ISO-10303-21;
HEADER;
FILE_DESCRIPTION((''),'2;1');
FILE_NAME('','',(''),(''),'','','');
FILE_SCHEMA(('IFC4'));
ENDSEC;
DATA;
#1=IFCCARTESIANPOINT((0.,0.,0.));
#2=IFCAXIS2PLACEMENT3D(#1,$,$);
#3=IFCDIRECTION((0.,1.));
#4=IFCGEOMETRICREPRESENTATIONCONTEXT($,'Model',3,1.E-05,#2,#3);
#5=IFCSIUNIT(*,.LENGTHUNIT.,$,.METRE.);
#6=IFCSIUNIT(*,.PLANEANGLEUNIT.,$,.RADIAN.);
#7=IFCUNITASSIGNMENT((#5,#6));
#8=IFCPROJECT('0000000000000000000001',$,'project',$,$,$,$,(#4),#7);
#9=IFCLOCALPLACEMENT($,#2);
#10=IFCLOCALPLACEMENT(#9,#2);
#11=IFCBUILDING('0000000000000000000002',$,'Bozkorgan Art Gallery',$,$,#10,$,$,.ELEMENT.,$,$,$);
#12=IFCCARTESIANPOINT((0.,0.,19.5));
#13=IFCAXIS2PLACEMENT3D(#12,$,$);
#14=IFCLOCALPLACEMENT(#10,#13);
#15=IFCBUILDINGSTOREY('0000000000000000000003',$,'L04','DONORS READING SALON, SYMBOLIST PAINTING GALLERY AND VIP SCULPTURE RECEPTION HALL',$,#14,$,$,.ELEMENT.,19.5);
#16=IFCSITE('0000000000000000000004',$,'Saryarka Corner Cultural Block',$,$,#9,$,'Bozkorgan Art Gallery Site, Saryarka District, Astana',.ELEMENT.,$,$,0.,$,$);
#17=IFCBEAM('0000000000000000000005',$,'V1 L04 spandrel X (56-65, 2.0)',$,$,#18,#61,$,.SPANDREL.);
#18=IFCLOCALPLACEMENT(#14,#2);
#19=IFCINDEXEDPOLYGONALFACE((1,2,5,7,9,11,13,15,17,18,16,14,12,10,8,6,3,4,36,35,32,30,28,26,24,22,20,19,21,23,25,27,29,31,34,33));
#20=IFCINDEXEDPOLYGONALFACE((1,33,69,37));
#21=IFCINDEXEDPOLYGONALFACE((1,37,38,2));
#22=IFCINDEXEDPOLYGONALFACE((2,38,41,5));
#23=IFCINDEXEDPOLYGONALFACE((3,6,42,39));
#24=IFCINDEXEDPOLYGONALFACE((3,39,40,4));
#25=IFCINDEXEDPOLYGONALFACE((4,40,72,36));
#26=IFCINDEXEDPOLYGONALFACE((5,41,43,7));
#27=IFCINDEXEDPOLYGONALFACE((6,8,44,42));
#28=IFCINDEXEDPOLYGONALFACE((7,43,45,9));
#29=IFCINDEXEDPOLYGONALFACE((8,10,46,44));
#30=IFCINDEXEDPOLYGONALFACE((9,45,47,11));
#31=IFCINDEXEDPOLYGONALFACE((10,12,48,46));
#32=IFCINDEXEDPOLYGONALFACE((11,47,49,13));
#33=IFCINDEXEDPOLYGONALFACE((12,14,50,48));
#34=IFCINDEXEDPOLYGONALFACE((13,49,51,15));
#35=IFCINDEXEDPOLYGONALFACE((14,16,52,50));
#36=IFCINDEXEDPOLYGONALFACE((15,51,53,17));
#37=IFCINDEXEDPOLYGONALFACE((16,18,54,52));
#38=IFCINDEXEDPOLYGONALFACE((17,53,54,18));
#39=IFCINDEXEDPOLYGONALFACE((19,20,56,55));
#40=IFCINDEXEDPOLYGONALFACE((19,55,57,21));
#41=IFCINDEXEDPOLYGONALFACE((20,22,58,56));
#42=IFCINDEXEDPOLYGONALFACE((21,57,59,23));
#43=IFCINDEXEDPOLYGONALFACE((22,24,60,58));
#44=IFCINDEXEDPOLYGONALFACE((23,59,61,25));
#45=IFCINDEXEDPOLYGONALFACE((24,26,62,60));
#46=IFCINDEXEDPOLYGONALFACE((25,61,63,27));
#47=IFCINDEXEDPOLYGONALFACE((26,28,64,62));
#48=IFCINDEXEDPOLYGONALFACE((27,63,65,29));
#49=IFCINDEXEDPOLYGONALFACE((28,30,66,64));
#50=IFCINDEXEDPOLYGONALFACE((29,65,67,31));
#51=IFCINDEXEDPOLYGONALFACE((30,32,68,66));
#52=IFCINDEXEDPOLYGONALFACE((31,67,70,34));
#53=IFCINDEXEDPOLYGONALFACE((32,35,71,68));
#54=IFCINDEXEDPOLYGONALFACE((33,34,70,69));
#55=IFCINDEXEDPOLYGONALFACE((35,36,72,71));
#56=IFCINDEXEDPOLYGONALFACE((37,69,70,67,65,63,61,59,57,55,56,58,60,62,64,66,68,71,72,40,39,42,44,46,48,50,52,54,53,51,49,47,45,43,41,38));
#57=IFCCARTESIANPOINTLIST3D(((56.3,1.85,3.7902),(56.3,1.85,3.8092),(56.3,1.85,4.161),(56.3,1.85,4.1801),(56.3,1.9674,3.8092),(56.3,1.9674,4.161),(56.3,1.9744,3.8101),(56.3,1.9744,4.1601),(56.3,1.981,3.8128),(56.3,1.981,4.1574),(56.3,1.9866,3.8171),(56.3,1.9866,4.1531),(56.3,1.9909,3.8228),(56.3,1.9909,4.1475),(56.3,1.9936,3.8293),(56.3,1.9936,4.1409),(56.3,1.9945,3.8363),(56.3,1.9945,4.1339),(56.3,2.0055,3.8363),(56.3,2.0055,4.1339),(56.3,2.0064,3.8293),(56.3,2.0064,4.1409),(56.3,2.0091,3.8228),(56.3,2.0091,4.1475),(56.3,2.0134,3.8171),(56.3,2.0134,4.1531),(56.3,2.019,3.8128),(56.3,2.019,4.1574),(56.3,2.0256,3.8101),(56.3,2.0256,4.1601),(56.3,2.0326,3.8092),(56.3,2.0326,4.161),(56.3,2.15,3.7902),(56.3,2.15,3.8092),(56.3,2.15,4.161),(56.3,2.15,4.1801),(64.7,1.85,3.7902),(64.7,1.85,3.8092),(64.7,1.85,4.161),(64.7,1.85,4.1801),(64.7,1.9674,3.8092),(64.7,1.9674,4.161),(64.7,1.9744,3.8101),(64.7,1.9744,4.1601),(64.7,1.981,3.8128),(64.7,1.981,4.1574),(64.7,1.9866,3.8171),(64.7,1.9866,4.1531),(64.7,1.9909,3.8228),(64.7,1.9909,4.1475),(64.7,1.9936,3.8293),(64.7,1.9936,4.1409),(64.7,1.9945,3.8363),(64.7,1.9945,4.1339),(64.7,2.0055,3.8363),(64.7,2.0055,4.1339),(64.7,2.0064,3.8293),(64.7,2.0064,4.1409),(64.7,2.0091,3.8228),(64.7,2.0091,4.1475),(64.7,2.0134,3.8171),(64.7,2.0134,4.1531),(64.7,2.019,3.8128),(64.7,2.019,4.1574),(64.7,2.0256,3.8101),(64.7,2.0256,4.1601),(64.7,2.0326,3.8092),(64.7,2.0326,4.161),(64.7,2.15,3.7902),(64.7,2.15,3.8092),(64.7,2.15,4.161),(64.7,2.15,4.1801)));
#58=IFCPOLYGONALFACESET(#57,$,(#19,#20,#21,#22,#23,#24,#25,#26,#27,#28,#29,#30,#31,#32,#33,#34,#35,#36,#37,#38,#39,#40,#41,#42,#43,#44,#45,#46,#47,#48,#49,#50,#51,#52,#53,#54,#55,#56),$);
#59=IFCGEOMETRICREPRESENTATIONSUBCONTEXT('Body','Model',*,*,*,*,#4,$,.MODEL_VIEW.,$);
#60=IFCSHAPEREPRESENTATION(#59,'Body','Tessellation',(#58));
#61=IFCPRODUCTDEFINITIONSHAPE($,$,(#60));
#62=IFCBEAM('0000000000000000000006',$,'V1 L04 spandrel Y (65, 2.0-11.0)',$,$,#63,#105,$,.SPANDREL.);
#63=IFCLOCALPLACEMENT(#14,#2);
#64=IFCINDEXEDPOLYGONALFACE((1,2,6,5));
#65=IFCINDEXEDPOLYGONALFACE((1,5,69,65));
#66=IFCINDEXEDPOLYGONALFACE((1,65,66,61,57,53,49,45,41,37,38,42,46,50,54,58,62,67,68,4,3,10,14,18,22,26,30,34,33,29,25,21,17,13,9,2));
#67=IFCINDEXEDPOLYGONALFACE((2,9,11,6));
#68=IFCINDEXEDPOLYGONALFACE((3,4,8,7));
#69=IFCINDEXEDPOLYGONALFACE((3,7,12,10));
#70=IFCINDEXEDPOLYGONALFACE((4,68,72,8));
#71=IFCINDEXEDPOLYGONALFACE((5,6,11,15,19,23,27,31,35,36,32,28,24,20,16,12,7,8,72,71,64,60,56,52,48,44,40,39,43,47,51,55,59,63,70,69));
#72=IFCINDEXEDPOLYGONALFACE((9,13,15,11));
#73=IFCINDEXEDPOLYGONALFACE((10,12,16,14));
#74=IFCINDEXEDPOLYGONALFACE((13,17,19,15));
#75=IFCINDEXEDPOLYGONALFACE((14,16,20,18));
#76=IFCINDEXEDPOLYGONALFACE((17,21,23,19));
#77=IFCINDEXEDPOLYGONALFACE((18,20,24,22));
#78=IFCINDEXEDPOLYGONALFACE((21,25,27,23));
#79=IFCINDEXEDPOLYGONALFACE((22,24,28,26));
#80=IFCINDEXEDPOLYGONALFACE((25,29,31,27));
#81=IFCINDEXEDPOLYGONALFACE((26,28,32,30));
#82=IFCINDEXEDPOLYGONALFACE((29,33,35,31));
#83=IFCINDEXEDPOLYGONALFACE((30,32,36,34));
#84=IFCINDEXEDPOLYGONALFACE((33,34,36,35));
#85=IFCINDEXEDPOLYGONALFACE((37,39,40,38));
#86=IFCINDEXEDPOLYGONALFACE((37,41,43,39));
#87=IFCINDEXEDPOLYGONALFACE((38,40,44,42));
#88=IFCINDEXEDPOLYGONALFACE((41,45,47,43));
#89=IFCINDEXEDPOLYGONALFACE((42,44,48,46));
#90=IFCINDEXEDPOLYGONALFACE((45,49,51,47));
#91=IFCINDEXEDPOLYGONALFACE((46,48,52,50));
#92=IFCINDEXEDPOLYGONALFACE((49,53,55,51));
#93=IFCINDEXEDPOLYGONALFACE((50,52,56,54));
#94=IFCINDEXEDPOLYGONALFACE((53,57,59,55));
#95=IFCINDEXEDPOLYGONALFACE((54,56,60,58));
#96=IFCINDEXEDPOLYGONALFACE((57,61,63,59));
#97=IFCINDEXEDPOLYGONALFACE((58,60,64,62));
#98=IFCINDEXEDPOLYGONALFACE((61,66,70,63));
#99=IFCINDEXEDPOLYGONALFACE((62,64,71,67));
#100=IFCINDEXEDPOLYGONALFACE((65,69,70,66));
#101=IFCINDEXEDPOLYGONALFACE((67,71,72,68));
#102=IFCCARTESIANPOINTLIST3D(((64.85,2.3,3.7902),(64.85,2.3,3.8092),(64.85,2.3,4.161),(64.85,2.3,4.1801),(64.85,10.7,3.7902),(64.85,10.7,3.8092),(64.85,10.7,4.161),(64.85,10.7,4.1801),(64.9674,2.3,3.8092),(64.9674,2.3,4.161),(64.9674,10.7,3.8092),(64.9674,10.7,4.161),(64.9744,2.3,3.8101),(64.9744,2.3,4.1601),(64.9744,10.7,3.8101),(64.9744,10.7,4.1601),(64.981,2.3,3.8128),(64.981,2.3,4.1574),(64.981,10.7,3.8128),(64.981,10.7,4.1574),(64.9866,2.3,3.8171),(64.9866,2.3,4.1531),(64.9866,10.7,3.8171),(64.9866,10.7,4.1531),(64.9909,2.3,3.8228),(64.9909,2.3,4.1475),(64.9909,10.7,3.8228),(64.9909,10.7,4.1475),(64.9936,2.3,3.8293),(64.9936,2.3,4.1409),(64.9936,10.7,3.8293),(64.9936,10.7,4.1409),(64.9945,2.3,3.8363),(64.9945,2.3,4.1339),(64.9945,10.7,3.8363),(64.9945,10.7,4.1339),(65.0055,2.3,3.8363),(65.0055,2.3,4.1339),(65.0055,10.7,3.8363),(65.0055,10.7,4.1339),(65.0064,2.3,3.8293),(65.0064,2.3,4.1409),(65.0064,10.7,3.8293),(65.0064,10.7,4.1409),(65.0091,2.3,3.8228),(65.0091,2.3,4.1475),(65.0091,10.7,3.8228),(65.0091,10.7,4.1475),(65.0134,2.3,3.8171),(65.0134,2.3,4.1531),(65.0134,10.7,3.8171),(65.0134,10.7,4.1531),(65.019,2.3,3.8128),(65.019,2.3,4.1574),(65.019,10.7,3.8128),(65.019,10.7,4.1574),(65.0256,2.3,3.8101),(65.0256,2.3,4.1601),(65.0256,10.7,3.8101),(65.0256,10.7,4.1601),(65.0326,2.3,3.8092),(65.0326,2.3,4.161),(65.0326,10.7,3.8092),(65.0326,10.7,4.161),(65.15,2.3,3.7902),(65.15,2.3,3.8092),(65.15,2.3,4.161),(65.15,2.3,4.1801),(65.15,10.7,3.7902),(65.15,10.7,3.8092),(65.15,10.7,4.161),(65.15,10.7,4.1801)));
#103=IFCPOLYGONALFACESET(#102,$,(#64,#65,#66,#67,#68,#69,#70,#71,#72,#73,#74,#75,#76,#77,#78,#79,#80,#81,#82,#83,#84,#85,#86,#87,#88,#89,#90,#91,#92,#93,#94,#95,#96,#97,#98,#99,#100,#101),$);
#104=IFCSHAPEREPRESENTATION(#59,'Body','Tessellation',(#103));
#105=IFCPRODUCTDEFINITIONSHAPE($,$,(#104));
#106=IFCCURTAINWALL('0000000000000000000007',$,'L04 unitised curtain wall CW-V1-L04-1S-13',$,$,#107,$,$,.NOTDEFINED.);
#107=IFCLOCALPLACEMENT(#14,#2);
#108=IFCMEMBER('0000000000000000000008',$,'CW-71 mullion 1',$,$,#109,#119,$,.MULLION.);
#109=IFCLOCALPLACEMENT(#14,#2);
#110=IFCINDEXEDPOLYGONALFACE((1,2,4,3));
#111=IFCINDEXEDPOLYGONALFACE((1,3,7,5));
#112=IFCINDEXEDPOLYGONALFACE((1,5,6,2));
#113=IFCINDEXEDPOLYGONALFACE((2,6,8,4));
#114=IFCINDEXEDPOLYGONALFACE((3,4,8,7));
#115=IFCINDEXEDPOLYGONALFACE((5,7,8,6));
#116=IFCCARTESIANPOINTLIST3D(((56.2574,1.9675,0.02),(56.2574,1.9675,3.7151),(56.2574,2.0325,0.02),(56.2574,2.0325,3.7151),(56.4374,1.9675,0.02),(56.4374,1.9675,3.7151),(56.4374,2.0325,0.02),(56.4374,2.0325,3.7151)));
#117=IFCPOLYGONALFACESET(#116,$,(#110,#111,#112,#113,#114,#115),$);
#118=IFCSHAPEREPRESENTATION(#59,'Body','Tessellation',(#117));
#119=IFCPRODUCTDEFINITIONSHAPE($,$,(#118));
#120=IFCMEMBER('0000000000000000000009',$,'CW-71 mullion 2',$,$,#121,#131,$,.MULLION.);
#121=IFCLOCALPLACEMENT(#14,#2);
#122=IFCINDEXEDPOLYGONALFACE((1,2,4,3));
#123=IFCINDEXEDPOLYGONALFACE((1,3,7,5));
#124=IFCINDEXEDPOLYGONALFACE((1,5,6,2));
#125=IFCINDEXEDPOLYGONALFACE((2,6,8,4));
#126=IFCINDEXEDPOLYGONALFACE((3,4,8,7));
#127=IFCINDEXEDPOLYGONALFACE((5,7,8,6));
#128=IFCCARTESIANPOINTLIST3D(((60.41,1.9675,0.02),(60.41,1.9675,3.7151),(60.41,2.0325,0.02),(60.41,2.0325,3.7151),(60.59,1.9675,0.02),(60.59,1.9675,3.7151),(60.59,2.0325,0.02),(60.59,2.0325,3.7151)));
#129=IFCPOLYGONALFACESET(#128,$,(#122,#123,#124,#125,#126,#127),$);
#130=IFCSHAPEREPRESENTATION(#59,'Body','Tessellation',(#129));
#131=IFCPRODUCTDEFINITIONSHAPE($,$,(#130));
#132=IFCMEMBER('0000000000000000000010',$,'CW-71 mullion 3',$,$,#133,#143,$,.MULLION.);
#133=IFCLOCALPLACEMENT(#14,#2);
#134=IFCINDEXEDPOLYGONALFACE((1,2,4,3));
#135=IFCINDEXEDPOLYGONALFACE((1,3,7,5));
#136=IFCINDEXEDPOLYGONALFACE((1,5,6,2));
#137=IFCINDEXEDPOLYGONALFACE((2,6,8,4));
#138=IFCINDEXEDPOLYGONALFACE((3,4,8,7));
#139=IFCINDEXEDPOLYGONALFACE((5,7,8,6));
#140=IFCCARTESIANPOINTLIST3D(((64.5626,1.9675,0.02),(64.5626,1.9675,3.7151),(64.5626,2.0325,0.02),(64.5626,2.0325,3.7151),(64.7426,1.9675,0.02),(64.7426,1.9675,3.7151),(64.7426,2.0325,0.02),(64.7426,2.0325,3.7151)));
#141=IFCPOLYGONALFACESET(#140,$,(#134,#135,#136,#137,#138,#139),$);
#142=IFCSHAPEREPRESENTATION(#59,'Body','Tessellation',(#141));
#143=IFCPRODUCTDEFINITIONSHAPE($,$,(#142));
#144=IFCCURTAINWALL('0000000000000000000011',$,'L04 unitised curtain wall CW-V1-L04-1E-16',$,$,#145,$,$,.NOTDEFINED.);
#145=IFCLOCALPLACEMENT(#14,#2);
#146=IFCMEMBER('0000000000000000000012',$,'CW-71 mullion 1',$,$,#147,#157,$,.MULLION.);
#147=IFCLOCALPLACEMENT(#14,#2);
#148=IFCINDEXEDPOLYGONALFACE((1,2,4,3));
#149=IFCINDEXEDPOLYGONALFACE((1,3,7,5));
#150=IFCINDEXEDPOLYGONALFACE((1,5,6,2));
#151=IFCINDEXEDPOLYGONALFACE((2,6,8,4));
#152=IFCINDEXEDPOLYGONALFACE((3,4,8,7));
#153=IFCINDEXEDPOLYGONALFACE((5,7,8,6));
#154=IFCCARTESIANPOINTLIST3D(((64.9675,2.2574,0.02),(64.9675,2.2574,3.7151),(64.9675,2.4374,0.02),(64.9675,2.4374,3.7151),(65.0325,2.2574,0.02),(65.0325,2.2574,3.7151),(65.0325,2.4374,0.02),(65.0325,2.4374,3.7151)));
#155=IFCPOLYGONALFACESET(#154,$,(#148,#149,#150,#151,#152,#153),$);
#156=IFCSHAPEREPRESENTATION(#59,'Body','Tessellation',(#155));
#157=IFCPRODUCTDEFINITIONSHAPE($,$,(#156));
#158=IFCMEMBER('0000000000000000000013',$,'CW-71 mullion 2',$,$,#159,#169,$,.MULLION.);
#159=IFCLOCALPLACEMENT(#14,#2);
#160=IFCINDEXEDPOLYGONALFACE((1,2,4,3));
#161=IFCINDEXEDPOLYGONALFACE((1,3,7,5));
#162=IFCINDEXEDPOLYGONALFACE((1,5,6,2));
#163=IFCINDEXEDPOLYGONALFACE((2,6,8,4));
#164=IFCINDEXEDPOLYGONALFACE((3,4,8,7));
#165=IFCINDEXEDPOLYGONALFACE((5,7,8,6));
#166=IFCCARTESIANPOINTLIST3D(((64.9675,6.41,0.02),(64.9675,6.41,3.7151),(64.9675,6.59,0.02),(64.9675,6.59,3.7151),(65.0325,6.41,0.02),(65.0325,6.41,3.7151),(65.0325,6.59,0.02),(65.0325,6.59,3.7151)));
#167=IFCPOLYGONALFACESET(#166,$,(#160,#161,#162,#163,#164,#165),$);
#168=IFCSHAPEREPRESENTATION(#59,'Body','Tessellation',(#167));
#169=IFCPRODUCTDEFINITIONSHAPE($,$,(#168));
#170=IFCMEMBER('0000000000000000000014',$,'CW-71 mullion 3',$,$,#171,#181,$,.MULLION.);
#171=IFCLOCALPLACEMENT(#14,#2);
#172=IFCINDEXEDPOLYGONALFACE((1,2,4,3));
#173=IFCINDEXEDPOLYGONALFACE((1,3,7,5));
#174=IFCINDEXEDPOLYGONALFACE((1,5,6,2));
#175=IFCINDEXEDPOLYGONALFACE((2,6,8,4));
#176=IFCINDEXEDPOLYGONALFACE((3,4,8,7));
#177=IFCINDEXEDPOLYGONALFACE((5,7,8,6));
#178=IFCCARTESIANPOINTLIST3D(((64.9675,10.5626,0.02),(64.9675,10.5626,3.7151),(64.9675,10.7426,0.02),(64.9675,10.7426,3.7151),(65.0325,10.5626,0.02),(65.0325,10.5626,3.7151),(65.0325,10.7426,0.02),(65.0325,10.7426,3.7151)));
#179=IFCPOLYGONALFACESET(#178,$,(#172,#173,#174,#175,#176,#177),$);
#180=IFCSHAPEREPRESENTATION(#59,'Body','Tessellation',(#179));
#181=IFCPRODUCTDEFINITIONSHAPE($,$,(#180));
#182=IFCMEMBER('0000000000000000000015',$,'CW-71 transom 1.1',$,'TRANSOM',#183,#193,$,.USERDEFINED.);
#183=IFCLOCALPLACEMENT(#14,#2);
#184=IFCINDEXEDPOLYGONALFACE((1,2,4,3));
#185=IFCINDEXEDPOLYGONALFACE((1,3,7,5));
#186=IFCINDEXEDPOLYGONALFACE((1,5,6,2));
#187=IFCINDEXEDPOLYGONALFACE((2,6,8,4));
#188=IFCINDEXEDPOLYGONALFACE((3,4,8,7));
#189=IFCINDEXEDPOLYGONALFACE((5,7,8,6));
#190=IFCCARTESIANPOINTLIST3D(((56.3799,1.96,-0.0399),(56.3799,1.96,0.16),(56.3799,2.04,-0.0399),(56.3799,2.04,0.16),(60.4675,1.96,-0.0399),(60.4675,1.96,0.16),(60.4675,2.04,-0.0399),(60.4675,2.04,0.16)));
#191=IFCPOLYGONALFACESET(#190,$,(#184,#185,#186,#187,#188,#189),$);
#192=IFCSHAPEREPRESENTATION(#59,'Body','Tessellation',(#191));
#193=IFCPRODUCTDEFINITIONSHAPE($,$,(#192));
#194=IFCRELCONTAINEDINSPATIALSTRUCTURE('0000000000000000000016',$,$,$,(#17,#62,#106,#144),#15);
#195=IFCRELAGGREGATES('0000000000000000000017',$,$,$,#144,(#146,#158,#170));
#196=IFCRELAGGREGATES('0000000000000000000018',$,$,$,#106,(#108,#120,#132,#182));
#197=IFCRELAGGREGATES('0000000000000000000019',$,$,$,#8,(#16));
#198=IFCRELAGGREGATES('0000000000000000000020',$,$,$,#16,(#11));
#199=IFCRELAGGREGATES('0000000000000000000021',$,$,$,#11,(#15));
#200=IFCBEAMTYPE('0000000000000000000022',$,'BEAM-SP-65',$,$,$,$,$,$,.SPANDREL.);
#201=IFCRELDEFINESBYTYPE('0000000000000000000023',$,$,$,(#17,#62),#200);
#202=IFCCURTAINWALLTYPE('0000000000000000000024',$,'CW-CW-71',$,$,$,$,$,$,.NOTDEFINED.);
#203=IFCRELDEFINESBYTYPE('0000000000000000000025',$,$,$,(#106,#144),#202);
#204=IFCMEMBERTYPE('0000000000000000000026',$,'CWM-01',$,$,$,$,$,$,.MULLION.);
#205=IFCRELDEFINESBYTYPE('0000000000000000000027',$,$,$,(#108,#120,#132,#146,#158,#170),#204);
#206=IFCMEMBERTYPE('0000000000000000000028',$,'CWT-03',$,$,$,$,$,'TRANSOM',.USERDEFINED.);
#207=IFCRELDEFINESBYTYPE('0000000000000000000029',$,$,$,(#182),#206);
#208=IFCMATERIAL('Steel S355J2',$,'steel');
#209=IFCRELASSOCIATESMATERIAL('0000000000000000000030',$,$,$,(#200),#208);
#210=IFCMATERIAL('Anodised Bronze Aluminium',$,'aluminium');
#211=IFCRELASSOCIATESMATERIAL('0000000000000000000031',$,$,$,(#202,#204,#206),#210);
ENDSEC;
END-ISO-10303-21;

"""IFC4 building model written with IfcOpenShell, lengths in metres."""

from ifc_helpers import new_model, si_unit, direction, frame, origin, origin_2d, place, context, subcontext, project, spatial, rectangle, i_section, extrude, material, material_profile, profile_set, type_object, element, aggregate, save


model = new_model("IFC4")

# Units and contexts
model_context = context("Model", 3, precision=1e-05, world=origin(), true_north=direction((0.0, 1.0)))
body_context = subcontext(model_context, "Body", "Model", "MODEL_VIEW")
ifc_project = project(units=[si_unit("LENGTHUNIT", "METRE"), si_unit("PLANEANGLEUNIT", "RADIAN")], contexts=[model_context])

# Site, building, storey
site_placement = place(None, origin())
site = spatial("IfcSite", under=ifc_project, at=site_placement, Name="Saryarka Corner Cultural Block", LongName="Bozkorgan Art Gallery Site, Saryarka District, Astana", CompositionType="ELEMENT", RefElevation=0.0)
building_placement = place(site_placement, origin())
building = spatial("IfcBuilding", under=site, at=building_placement, Name="Bozkorgan Art Gallery", CompositionType="ELEMENT")
storey_placement = place(building_placement, frame((0.0, 0.0, 19.5)))
storey = spatial("IfcBuildingStorey", under=building, at=storey_placement, Name="L04", Description="DONORS READING SALON, SYMBOLIST PAINTING GALLERY AND VIP SCULPTURE RECEPTION HALL", CompositionType="ELEMENT", Elevation=19.5)

# Beams
ifc_material_1 = material(Name="Steel S355J2", Category="steel")
ifc_material_profile_1 = material_profile(ifc_material_1, i_section(OverallWidth=0.3, OverallDepth=0.3899, WebThickness=0.011, FlangeThickness=0.019, FilletRadius=0.0271, at=origin_2d()), Name="HEA 400")
ifc_profile_set_1 = profile_set([ifc_material_profile_1], Name="Steel S355J2")
beam_type_1 = type_object("IfcBeamType", Name="BEAM-SP-65", PredefinedType="SPANDREL", material=ifc_profile_set_1)
for number, where, z_axis, x_axis, name in (
    (1, (56.3, 2.0, 3.9851), (1.0, 0.0, 0.0), (0.0, 1.0, 0.0), "V1 L04 spandrel X (56-65, 2.0)"),
    (2, (65.0, 2.3, 3.9851), (0.0, 1.0, 0.0), (-1.0, 0.0, 0.0), "V1 L04 spandrel Y (65, 2.0-11.0)"),
):
    element("IfcBeam", number, at=place(storey_placement, frame(where, z_axis=z_axis, x_axis=x_axis)), inside=storey, type_object=beam_type_1, Name=name, PredefinedType="SPANDREL", context=body_context, shape_type="SweptSolid", body=[
        extrude(i_section(OverallWidth=0.3, OverallDepth=0.3899, WebThickness=0.011, FlangeThickness=0.019, FilletRadius=0.0271, at=origin_2d()), origin(), (0.0, 0.0, 1.0), 8.3999),
    ])

# Curtain walls, members
ifc_material_2 = material(Name="Anodised Bronze Aluminium", Category="aluminium")
curtain_wall_type = type_object("IfcCurtainWallType", Name="CW-CW-71", PredefinedType="NOTDEFINED", material=ifc_material_2)
curtain_wall_1_placement = place(storey_placement, origin())
curtain_wall_1 = element("IfcCurtainWall", 3, at=curtain_wall_1_placement, inside=storey, type_object=curtain_wall_type, Name="L04 unitised curtain wall CW-V1-L04-1S-13", PredefinedType="NOTDEFINED")
ifc_material_profile_2 = material_profile(ifc_material_2, rectangle(XDim=0.0649, YDim=0.1799, at=origin_2d()), Name="ALU MULLION 65x180")
ifc_profile_set_2 = profile_set([ifc_material_profile_2], Name="Anodised Bronze Aluminium")
member_type_1 = type_object("IfcMemberType", Name="CWM-01", PredefinedType="MULLION", material=ifc_profile_set_2)
member_1_placement = place(storey_placement, frame((56.3474, 2.0, 0.02), z_axis=(0.0, 0.0, 1.0), x_axis=(0.0, 1.0, 0.0)))
member_1 = element("IfcMember", 4, at=member_1_placement, type_object=member_type_1, Name="CW-71 mullion 1", PredefinedType="MULLION", context=body_context, shape_type="SweptSolid", body=[
    extrude(rectangle(XDim=0.0649, YDim=0.1799, at=origin_2d()), origin(), (0.0, 0.0, 1.0), 3.6951),
])
member_2_placement = place(storey_placement, frame((60.5, 2.0, 0.02), z_axis=(0.0, 0.0, 1.0), x_axis=(0.0, 1.0, 0.0)))
member_2 = element("IfcMember", 5, at=member_2_placement, type_object=member_type_1, Name="CW-71 mullion 2", PredefinedType="MULLION", context=body_context, shape_type="SweptSolid", body=[
    extrude(rectangle(XDim=0.0649, YDim=0.1799, at=origin_2d()), origin(), (0.0, 0.0, 1.0), 3.6951),
])
member_3_placement = place(storey_placement, frame((64.6526, 2.0, 0.02), z_axis=(0.0, 0.0, 1.0), x_axis=(0.0, 1.0, 0.0)))
member_3 = element("IfcMember", 6, at=member_3_placement, type_object=member_type_1, Name="CW-71 mullion 3", PredefinedType="MULLION", context=body_context, shape_type="SweptSolid", body=[
    extrude(rectangle(XDim=0.0649, YDim=0.1799, at=origin_2d()), origin(), (0.0, 0.0, 1.0), 3.6951),
])
curtain_wall_2_placement = place(storey_placement, origin())
curtain_wall_2 = element("IfcCurtainWall", 7, at=curtain_wall_2_placement, inside=storey, type_object=curtain_wall_type, Name="L04 unitised curtain wall CW-V1-L04-1E-16", PredefinedType="NOTDEFINED")
member_4_placement = place(storey_placement, frame((65.0, 2.3474, 0.02), z_axis=(0.0, 0.0, 1.0), x_axis=(-1.0, 0.0, 0.0)))
member_4 = element("IfcMember", 8, at=member_4_placement, type_object=member_type_1, Name="CW-71 mullion 1", PredefinedType="MULLION", context=body_context, shape_type="SweptSolid", body=[
    extrude(rectangle(XDim=0.0649, YDim=0.1799, at=origin_2d()), origin(), (0.0, 0.0, 1.0), 3.6951),
])
member_5_placement = place(storey_placement, frame((65.0, 6.5, 0.02), z_axis=(0.0, 0.0, 1.0), x_axis=(-1.0, 0.0, 0.0)))
member_5 = element("IfcMember", 9, at=member_5_placement, type_object=member_type_1, Name="CW-71 mullion 2", PredefinedType="MULLION", context=body_context, shape_type="SweptSolid", body=[
    extrude(rectangle(XDim=0.0649, YDim=0.1799, at=origin_2d()), origin(), (0.0, 0.0, 1.0), 3.6951),
])
member_6_placement = place(storey_placement, frame((65.0, 10.6526, 0.02), z_axis=(0.0, 0.0, 1.0), x_axis=(-1.0, 0.0, 0.0)))
member_6 = element("IfcMember", 10, at=member_6_placement, type_object=member_type_1, Name="CW-71 mullion 3", PredefinedType="MULLION", context=body_context, shape_type="SweptSolid", body=[
    extrude(rectangle(XDim=0.0649, YDim=0.1799, at=origin_2d()), origin(), (0.0, 0.0, 1.0), 3.6951),
])
aggregate(curtain_wall_2, [member_4, member_5, member_6])

# Member
ifc_material_profile_3 = material_profile(ifc_material_2, rectangle(XDim=0.0801, YDim=0.2, at=origin_2d()), Name="ALU TRANSOM 80x200")
ifc_profile_set_3 = profile_set([ifc_material_profile_3], Name="Anodised Bronze Aluminium")
member_type_2 = type_object("IfcMemberType", Name="CWT-03", ElementType="TRANSOM", PredefinedType="USERDEFINED", material=ifc_profile_set_3)
member_7_placement = place(storey_placement, frame((56.3799, 2.0, 0.0601), z_axis=(1.0, 0.0, 0.0), x_axis=(0.0, 1.0, 0.0)))
member_7 = element("IfcMember", 11, at=member_7_placement, type_object=member_type_2, Name="CW-71 transom 1.1", ObjectType="TRANSOM", PredefinedType="USERDEFINED", context=body_context, shape_type="SweptSolid", body=[
    extrude(rectangle(XDim=0.0801, YDim=0.2, at=origin_2d()), origin(), (0.0, 0.0, 1.0), 4.0876),
])

aggregate(curtain_wall_1, [member_1, member_2, member_3, member_7])

save(model, "model.ifc")
